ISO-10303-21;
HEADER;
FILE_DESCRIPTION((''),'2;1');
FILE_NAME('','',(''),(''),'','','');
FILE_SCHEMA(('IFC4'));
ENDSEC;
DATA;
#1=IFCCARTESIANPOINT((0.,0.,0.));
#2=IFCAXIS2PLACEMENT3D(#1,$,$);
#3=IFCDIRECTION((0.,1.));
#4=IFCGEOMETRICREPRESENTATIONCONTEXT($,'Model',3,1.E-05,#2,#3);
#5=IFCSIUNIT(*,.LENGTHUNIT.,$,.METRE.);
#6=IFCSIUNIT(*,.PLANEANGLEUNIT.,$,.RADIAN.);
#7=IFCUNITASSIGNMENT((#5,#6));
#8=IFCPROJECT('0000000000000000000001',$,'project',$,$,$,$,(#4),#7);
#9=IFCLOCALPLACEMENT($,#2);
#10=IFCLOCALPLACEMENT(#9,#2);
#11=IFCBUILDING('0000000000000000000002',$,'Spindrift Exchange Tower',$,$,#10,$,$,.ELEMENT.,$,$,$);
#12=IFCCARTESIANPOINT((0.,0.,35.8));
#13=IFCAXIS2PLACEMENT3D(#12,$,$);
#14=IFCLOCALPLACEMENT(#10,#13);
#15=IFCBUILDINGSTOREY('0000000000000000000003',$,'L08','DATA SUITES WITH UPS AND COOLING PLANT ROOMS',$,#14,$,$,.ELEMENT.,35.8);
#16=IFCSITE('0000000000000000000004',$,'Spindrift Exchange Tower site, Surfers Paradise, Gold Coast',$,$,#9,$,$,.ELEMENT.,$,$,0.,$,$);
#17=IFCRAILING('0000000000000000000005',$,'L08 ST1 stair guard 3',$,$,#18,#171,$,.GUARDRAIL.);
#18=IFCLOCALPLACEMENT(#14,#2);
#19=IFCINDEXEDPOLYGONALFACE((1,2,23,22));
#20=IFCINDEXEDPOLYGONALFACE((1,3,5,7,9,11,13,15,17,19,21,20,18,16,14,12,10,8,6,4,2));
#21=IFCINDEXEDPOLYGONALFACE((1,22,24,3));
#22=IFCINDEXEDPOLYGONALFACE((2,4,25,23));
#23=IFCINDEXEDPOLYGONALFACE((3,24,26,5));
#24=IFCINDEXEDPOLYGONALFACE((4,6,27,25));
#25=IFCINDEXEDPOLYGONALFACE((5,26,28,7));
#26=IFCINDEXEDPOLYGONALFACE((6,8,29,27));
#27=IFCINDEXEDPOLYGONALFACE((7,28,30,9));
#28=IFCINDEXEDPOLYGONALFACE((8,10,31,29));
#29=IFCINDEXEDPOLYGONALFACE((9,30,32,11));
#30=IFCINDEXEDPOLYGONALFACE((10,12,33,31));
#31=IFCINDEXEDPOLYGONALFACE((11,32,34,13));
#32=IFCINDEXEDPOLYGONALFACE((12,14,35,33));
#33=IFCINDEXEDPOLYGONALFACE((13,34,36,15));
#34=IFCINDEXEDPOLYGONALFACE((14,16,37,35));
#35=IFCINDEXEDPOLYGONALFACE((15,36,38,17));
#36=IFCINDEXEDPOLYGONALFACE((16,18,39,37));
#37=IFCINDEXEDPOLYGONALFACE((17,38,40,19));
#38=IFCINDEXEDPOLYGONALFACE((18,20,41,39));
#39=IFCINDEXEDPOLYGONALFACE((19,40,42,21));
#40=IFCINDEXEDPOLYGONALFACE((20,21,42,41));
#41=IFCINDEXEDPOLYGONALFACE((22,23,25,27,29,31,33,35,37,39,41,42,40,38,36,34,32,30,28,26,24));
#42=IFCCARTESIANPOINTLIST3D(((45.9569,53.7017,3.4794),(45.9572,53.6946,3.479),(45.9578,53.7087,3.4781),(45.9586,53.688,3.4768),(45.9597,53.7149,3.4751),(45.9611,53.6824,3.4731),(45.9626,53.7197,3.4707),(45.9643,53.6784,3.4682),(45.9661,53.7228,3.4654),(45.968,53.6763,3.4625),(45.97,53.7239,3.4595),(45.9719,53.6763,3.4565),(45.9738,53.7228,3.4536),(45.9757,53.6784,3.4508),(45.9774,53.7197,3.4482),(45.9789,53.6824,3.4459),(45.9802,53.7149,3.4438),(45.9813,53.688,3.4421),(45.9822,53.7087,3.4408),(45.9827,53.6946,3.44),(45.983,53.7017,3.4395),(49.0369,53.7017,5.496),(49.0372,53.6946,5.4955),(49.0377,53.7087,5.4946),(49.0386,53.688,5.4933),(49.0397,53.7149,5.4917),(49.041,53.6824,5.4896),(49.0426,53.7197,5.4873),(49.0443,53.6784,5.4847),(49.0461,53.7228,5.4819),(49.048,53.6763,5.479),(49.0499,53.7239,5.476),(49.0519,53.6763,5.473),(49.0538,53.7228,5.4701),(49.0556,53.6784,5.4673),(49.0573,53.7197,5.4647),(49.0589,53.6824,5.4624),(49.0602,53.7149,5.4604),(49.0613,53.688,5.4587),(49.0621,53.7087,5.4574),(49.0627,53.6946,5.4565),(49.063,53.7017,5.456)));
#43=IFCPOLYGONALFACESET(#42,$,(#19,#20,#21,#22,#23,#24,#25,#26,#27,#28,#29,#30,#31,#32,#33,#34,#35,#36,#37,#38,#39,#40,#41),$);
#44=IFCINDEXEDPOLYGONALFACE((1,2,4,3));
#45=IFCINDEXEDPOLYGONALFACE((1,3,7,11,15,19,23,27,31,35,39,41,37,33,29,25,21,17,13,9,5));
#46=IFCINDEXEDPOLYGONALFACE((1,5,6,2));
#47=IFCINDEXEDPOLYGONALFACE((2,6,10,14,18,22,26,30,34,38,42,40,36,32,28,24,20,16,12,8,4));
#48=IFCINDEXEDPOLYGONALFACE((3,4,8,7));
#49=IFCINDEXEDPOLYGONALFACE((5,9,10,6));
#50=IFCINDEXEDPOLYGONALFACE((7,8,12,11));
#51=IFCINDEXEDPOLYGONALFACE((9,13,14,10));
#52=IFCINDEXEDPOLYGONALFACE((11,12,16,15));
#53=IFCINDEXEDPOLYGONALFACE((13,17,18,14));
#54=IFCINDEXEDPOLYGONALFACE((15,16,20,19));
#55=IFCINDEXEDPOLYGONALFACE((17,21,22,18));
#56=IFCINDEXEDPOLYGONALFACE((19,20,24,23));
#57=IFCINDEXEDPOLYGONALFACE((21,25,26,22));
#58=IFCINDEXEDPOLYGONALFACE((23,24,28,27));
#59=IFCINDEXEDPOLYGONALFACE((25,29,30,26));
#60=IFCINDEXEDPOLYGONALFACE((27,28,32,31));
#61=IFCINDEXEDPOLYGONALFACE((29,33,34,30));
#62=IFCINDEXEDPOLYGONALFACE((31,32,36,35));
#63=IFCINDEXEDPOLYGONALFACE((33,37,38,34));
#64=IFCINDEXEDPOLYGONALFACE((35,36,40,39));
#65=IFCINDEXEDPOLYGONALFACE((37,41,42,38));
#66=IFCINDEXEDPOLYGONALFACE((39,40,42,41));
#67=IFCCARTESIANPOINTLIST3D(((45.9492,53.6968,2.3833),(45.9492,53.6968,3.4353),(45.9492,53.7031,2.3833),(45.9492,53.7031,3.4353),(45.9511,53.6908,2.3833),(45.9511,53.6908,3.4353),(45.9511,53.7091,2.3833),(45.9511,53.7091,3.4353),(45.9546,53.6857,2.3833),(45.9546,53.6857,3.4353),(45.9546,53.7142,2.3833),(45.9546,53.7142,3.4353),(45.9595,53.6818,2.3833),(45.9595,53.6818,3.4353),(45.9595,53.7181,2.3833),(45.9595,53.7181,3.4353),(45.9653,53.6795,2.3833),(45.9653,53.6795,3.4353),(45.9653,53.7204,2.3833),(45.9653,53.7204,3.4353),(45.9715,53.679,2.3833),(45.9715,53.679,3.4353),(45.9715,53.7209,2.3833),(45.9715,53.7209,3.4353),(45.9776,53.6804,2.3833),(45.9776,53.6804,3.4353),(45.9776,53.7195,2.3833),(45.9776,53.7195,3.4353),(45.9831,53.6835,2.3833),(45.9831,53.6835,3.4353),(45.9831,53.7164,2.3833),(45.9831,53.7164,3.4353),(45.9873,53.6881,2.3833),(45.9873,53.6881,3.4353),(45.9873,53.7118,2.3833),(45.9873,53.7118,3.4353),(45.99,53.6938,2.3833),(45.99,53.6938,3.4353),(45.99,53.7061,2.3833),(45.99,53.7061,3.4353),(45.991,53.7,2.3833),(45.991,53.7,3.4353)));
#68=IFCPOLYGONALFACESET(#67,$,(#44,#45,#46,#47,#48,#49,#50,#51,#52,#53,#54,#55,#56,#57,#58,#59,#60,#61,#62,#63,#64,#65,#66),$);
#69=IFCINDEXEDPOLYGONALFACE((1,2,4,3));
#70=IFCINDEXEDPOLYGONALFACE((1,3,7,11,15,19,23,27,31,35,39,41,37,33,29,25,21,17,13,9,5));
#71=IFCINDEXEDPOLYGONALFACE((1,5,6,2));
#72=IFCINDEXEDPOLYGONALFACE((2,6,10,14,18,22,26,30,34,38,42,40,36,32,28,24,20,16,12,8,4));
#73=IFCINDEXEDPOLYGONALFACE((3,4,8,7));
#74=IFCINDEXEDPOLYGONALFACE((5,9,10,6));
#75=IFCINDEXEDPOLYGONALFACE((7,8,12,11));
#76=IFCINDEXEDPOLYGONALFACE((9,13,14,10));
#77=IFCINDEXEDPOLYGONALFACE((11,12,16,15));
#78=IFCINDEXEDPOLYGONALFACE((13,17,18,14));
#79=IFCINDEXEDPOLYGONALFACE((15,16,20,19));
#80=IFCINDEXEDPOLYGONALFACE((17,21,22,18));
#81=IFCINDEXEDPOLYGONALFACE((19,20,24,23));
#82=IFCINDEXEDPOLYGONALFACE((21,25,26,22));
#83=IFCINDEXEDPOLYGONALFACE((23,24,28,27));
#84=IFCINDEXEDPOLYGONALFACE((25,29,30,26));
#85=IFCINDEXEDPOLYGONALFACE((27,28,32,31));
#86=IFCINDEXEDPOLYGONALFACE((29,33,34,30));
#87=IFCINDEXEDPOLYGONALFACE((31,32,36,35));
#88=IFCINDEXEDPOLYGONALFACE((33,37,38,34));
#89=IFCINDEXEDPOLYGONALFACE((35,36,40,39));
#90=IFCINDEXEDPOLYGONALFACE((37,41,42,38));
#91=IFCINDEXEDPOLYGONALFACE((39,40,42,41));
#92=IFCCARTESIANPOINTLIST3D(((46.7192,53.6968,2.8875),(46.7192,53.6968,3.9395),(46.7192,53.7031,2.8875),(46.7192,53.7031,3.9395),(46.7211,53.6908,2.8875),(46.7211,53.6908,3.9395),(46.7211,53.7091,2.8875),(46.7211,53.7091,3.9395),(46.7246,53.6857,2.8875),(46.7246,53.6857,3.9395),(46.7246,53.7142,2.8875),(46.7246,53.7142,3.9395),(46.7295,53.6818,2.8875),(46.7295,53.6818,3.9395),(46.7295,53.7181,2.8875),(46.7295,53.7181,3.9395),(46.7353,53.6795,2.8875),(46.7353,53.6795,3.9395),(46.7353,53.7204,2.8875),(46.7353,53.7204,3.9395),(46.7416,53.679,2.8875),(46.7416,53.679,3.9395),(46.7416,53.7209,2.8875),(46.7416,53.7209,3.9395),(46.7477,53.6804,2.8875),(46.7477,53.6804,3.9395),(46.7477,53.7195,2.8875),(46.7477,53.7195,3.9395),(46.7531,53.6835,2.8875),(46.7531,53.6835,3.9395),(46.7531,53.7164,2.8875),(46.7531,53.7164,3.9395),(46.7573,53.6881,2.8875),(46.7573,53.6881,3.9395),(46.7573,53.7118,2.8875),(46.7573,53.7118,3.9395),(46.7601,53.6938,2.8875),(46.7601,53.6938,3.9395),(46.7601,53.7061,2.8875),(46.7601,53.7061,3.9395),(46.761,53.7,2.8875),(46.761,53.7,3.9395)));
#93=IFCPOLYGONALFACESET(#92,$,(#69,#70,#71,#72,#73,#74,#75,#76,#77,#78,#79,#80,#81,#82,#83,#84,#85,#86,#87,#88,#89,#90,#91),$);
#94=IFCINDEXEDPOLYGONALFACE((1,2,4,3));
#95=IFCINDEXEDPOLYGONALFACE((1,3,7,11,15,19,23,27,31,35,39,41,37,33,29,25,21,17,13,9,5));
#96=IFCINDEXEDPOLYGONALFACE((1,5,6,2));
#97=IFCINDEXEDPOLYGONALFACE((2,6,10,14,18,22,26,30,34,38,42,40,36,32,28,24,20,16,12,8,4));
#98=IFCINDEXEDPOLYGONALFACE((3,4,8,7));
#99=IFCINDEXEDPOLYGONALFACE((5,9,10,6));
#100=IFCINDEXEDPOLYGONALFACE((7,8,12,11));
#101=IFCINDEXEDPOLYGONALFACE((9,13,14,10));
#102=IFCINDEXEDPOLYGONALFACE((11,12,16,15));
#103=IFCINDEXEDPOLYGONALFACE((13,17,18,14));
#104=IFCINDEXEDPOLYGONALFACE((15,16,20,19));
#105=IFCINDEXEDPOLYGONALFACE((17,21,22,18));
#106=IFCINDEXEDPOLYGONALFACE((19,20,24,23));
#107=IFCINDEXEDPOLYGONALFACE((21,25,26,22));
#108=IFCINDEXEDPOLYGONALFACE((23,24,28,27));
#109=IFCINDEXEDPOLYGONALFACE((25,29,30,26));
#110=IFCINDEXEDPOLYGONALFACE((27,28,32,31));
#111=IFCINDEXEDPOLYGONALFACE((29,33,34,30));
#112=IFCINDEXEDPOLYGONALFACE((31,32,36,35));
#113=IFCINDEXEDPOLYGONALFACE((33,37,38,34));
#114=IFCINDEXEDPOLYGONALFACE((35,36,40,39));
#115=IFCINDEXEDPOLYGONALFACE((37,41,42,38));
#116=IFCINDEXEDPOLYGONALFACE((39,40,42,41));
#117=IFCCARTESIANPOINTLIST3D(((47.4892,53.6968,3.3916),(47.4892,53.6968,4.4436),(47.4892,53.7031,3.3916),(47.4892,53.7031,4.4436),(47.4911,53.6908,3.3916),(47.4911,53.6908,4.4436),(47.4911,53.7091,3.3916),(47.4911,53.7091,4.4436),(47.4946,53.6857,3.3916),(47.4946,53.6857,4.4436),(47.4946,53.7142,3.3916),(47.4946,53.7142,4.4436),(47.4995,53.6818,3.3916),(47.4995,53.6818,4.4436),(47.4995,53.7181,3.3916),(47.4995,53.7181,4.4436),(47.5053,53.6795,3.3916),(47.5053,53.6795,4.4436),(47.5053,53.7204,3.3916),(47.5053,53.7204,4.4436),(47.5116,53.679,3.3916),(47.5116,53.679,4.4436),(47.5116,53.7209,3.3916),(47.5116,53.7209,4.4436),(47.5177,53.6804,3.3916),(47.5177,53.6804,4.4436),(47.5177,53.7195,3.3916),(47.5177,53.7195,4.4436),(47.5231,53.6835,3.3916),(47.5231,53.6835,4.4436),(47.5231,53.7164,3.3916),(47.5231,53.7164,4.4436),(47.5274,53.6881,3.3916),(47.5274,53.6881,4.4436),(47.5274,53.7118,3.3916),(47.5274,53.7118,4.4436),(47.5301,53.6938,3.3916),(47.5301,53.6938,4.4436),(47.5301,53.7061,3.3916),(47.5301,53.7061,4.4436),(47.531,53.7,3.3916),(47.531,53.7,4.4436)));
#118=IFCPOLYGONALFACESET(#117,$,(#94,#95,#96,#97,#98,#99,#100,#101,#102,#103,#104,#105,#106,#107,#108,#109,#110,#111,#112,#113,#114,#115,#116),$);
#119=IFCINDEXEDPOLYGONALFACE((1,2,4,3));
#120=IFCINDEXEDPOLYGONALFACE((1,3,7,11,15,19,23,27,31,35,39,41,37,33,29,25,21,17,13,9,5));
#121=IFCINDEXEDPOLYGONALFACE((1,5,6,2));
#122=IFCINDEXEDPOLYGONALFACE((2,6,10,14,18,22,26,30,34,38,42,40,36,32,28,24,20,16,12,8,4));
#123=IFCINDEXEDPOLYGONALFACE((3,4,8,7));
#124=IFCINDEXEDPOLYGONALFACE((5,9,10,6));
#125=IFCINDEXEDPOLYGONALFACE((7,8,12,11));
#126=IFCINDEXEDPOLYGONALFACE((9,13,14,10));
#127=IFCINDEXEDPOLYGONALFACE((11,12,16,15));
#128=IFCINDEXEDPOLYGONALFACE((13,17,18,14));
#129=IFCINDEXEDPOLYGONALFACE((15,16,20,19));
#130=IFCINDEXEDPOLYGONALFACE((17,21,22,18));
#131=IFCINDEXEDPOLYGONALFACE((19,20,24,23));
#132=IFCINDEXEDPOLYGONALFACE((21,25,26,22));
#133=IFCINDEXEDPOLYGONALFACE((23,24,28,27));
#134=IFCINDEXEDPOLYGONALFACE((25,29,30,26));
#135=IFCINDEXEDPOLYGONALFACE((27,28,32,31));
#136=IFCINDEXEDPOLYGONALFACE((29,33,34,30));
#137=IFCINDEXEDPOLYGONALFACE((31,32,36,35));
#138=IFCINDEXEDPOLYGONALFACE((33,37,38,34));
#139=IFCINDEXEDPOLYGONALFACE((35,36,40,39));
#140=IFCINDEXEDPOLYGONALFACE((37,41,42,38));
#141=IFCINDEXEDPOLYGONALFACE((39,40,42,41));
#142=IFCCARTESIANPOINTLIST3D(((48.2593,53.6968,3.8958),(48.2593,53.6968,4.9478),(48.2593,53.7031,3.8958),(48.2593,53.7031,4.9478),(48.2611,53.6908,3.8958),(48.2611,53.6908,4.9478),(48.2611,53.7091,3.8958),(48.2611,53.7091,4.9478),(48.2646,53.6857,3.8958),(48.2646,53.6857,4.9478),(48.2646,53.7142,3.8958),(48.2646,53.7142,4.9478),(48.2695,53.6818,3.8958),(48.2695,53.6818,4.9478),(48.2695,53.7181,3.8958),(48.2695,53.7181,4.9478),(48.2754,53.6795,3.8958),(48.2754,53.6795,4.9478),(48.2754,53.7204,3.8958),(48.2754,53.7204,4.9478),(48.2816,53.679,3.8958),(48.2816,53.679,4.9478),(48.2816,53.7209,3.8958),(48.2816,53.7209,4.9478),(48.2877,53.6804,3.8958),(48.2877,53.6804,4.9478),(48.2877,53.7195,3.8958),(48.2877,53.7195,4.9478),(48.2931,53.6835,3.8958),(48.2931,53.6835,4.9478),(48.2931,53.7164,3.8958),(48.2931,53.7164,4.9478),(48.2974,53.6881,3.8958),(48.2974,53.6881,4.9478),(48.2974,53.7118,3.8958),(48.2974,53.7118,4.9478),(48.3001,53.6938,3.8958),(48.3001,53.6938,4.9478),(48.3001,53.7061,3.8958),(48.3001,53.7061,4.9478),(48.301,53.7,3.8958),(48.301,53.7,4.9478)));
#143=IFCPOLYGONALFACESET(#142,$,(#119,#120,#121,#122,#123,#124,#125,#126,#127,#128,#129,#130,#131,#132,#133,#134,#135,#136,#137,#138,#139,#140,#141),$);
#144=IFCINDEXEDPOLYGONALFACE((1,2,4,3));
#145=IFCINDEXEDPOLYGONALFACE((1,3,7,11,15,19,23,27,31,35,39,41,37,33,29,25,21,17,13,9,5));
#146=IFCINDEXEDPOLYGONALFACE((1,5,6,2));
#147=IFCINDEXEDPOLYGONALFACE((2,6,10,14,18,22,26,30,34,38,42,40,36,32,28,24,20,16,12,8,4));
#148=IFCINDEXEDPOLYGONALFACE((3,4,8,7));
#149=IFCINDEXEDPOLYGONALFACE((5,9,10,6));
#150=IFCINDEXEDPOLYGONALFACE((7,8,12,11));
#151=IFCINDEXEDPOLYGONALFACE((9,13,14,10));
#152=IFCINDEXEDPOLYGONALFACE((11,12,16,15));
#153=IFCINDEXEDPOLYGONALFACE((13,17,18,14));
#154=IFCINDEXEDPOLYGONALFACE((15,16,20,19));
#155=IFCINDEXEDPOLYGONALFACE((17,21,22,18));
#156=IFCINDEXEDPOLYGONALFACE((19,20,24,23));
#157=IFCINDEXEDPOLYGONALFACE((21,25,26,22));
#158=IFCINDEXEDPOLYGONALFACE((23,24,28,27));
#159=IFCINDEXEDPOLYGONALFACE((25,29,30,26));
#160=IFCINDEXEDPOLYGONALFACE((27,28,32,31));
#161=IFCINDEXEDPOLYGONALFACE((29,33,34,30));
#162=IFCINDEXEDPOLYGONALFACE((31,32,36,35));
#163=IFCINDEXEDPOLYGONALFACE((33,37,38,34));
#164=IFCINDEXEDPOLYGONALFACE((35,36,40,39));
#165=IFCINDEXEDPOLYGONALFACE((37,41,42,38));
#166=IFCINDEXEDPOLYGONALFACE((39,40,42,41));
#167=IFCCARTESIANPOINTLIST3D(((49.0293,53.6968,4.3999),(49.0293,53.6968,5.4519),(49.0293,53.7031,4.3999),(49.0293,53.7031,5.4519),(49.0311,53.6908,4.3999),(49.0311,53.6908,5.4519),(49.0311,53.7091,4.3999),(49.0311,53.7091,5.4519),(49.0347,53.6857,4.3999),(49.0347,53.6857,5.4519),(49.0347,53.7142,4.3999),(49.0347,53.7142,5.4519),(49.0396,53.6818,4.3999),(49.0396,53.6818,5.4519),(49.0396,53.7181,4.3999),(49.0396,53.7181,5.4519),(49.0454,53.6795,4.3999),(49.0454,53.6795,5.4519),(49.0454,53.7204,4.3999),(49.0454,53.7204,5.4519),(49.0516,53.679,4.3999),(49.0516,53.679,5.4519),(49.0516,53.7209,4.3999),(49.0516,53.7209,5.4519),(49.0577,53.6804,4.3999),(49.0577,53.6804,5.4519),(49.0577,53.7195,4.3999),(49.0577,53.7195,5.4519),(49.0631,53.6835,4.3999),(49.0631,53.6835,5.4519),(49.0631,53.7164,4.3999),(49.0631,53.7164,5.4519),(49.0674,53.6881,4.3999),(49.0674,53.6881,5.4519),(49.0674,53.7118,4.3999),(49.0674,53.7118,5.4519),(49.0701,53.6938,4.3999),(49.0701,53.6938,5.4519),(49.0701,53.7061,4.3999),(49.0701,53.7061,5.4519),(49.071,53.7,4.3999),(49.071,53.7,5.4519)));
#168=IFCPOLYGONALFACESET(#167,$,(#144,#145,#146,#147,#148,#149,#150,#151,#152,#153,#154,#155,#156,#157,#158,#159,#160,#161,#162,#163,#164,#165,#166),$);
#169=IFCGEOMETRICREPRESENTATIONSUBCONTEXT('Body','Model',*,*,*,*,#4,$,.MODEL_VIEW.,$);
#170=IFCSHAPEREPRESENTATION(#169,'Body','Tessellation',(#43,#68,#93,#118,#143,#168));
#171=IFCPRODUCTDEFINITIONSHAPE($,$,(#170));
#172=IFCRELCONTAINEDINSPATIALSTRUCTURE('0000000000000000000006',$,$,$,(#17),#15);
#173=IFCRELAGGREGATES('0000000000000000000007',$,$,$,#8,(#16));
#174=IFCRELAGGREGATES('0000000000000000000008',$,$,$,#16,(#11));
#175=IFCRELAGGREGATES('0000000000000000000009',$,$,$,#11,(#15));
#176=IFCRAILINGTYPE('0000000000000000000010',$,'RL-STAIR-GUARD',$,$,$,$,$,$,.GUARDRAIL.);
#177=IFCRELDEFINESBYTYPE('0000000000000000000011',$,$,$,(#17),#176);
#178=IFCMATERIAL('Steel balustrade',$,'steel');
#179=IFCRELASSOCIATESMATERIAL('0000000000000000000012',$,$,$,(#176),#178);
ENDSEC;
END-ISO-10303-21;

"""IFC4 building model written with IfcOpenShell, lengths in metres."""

from ifc_helpers import new_model, si_unit, direction, frame, origin, origin_2d, place, context, subcontext, project, spatial, circle, extrude, material, type_object, element, save


model = new_model("IFC4")

# Units and contexts
model_context = context("Model", 3, precision=1e-05, world=origin(), true_north=direction((0.0, 1.0)))
body_context = subcontext(model_context, "Body", "Model", "MODEL_VIEW")
ifc_project = project(units=[si_unit("LENGTHUNIT", "METRE"), si_unit("PLANEANGLEUNIT", "RADIAN")], contexts=[model_context])

# Site, building, storey
site_placement = place(None, origin())
site = spatial("IfcSite", under=ifc_project, at=site_placement, Name="Spindrift Exchange Tower site, Surfers Paradise, Gold Coast", CompositionType="ELEMENT", RefElevation=0.0)
building_placement = place(site_placement, origin())
building = spatial("IfcBuilding", under=site, at=building_placement, Name="Spindrift Exchange Tower", CompositionType="ELEMENT")
storey_placement = place(building_placement, frame((0.0, 0.0, 35.8)))
storey = spatial("IfcBuildingStorey", under=building, at=storey_placement, Name="L08", Description="DATA SUITES WITH UPS AND COOLING PLANT ROOMS", CompositionType="ELEMENT", Elevation=35.8)

# Railing
ifc_material_1 = material(Name="Steel balustrade", Category="steel")
railing_type_1 = type_object("IfcRailingType", Name="RL-STAIR-GUARD", PredefinedType="GUARDRAIL", material=ifc_material_1)
railing_1_placement = place(storey_placement, frame((45.97, 53.7, 2.3833)))
element("IfcRailing", 1, at=railing_1_placement, inside=storey, type_object=railing_type_1, Name="L08 ST1 stair guard 3", PredefinedType="GUARDRAIL", context=body_context, shape_type="SweptSolid", body=[
    extrude(circle(Radius=0.0239, at=origin_2d()), frame((0.0, 0.0, 1.0762), z_axis=(0.836633, 0.0, 0.547764), x_axis=(0.0, 1.0, 0.0)), (0.0, 0.0, 1.0), 3.6814),
    extrude(circle(Radius=0.021, at=origin_2d()), origin(), (0.0, 0.0, 1.0), 1.052),
    extrude(circle(Radius=0.021, at=origin_2d()), frame((0.77, 0.0, 0.5042)), (0.0, 0.0, 1.0), 1.052),
    extrude(circle(Radius=0.021, at=origin_2d()), frame((1.54, 0.0, 1.0083)), (0.0, 0.0, 1.0), 1.052),
    extrude(circle(Radius=0.021, at=origin_2d()), frame((2.3101, 0.0, 1.5125)), (0.0, 0.0, 1.0), 1.052),
    extrude(circle(Radius=0.021, at=origin_2d()), frame((3.0801, 0.0, 2.0166)), (0.0, 0.0, 1.0), 1.052),
])

save(model, "model.ifc")
